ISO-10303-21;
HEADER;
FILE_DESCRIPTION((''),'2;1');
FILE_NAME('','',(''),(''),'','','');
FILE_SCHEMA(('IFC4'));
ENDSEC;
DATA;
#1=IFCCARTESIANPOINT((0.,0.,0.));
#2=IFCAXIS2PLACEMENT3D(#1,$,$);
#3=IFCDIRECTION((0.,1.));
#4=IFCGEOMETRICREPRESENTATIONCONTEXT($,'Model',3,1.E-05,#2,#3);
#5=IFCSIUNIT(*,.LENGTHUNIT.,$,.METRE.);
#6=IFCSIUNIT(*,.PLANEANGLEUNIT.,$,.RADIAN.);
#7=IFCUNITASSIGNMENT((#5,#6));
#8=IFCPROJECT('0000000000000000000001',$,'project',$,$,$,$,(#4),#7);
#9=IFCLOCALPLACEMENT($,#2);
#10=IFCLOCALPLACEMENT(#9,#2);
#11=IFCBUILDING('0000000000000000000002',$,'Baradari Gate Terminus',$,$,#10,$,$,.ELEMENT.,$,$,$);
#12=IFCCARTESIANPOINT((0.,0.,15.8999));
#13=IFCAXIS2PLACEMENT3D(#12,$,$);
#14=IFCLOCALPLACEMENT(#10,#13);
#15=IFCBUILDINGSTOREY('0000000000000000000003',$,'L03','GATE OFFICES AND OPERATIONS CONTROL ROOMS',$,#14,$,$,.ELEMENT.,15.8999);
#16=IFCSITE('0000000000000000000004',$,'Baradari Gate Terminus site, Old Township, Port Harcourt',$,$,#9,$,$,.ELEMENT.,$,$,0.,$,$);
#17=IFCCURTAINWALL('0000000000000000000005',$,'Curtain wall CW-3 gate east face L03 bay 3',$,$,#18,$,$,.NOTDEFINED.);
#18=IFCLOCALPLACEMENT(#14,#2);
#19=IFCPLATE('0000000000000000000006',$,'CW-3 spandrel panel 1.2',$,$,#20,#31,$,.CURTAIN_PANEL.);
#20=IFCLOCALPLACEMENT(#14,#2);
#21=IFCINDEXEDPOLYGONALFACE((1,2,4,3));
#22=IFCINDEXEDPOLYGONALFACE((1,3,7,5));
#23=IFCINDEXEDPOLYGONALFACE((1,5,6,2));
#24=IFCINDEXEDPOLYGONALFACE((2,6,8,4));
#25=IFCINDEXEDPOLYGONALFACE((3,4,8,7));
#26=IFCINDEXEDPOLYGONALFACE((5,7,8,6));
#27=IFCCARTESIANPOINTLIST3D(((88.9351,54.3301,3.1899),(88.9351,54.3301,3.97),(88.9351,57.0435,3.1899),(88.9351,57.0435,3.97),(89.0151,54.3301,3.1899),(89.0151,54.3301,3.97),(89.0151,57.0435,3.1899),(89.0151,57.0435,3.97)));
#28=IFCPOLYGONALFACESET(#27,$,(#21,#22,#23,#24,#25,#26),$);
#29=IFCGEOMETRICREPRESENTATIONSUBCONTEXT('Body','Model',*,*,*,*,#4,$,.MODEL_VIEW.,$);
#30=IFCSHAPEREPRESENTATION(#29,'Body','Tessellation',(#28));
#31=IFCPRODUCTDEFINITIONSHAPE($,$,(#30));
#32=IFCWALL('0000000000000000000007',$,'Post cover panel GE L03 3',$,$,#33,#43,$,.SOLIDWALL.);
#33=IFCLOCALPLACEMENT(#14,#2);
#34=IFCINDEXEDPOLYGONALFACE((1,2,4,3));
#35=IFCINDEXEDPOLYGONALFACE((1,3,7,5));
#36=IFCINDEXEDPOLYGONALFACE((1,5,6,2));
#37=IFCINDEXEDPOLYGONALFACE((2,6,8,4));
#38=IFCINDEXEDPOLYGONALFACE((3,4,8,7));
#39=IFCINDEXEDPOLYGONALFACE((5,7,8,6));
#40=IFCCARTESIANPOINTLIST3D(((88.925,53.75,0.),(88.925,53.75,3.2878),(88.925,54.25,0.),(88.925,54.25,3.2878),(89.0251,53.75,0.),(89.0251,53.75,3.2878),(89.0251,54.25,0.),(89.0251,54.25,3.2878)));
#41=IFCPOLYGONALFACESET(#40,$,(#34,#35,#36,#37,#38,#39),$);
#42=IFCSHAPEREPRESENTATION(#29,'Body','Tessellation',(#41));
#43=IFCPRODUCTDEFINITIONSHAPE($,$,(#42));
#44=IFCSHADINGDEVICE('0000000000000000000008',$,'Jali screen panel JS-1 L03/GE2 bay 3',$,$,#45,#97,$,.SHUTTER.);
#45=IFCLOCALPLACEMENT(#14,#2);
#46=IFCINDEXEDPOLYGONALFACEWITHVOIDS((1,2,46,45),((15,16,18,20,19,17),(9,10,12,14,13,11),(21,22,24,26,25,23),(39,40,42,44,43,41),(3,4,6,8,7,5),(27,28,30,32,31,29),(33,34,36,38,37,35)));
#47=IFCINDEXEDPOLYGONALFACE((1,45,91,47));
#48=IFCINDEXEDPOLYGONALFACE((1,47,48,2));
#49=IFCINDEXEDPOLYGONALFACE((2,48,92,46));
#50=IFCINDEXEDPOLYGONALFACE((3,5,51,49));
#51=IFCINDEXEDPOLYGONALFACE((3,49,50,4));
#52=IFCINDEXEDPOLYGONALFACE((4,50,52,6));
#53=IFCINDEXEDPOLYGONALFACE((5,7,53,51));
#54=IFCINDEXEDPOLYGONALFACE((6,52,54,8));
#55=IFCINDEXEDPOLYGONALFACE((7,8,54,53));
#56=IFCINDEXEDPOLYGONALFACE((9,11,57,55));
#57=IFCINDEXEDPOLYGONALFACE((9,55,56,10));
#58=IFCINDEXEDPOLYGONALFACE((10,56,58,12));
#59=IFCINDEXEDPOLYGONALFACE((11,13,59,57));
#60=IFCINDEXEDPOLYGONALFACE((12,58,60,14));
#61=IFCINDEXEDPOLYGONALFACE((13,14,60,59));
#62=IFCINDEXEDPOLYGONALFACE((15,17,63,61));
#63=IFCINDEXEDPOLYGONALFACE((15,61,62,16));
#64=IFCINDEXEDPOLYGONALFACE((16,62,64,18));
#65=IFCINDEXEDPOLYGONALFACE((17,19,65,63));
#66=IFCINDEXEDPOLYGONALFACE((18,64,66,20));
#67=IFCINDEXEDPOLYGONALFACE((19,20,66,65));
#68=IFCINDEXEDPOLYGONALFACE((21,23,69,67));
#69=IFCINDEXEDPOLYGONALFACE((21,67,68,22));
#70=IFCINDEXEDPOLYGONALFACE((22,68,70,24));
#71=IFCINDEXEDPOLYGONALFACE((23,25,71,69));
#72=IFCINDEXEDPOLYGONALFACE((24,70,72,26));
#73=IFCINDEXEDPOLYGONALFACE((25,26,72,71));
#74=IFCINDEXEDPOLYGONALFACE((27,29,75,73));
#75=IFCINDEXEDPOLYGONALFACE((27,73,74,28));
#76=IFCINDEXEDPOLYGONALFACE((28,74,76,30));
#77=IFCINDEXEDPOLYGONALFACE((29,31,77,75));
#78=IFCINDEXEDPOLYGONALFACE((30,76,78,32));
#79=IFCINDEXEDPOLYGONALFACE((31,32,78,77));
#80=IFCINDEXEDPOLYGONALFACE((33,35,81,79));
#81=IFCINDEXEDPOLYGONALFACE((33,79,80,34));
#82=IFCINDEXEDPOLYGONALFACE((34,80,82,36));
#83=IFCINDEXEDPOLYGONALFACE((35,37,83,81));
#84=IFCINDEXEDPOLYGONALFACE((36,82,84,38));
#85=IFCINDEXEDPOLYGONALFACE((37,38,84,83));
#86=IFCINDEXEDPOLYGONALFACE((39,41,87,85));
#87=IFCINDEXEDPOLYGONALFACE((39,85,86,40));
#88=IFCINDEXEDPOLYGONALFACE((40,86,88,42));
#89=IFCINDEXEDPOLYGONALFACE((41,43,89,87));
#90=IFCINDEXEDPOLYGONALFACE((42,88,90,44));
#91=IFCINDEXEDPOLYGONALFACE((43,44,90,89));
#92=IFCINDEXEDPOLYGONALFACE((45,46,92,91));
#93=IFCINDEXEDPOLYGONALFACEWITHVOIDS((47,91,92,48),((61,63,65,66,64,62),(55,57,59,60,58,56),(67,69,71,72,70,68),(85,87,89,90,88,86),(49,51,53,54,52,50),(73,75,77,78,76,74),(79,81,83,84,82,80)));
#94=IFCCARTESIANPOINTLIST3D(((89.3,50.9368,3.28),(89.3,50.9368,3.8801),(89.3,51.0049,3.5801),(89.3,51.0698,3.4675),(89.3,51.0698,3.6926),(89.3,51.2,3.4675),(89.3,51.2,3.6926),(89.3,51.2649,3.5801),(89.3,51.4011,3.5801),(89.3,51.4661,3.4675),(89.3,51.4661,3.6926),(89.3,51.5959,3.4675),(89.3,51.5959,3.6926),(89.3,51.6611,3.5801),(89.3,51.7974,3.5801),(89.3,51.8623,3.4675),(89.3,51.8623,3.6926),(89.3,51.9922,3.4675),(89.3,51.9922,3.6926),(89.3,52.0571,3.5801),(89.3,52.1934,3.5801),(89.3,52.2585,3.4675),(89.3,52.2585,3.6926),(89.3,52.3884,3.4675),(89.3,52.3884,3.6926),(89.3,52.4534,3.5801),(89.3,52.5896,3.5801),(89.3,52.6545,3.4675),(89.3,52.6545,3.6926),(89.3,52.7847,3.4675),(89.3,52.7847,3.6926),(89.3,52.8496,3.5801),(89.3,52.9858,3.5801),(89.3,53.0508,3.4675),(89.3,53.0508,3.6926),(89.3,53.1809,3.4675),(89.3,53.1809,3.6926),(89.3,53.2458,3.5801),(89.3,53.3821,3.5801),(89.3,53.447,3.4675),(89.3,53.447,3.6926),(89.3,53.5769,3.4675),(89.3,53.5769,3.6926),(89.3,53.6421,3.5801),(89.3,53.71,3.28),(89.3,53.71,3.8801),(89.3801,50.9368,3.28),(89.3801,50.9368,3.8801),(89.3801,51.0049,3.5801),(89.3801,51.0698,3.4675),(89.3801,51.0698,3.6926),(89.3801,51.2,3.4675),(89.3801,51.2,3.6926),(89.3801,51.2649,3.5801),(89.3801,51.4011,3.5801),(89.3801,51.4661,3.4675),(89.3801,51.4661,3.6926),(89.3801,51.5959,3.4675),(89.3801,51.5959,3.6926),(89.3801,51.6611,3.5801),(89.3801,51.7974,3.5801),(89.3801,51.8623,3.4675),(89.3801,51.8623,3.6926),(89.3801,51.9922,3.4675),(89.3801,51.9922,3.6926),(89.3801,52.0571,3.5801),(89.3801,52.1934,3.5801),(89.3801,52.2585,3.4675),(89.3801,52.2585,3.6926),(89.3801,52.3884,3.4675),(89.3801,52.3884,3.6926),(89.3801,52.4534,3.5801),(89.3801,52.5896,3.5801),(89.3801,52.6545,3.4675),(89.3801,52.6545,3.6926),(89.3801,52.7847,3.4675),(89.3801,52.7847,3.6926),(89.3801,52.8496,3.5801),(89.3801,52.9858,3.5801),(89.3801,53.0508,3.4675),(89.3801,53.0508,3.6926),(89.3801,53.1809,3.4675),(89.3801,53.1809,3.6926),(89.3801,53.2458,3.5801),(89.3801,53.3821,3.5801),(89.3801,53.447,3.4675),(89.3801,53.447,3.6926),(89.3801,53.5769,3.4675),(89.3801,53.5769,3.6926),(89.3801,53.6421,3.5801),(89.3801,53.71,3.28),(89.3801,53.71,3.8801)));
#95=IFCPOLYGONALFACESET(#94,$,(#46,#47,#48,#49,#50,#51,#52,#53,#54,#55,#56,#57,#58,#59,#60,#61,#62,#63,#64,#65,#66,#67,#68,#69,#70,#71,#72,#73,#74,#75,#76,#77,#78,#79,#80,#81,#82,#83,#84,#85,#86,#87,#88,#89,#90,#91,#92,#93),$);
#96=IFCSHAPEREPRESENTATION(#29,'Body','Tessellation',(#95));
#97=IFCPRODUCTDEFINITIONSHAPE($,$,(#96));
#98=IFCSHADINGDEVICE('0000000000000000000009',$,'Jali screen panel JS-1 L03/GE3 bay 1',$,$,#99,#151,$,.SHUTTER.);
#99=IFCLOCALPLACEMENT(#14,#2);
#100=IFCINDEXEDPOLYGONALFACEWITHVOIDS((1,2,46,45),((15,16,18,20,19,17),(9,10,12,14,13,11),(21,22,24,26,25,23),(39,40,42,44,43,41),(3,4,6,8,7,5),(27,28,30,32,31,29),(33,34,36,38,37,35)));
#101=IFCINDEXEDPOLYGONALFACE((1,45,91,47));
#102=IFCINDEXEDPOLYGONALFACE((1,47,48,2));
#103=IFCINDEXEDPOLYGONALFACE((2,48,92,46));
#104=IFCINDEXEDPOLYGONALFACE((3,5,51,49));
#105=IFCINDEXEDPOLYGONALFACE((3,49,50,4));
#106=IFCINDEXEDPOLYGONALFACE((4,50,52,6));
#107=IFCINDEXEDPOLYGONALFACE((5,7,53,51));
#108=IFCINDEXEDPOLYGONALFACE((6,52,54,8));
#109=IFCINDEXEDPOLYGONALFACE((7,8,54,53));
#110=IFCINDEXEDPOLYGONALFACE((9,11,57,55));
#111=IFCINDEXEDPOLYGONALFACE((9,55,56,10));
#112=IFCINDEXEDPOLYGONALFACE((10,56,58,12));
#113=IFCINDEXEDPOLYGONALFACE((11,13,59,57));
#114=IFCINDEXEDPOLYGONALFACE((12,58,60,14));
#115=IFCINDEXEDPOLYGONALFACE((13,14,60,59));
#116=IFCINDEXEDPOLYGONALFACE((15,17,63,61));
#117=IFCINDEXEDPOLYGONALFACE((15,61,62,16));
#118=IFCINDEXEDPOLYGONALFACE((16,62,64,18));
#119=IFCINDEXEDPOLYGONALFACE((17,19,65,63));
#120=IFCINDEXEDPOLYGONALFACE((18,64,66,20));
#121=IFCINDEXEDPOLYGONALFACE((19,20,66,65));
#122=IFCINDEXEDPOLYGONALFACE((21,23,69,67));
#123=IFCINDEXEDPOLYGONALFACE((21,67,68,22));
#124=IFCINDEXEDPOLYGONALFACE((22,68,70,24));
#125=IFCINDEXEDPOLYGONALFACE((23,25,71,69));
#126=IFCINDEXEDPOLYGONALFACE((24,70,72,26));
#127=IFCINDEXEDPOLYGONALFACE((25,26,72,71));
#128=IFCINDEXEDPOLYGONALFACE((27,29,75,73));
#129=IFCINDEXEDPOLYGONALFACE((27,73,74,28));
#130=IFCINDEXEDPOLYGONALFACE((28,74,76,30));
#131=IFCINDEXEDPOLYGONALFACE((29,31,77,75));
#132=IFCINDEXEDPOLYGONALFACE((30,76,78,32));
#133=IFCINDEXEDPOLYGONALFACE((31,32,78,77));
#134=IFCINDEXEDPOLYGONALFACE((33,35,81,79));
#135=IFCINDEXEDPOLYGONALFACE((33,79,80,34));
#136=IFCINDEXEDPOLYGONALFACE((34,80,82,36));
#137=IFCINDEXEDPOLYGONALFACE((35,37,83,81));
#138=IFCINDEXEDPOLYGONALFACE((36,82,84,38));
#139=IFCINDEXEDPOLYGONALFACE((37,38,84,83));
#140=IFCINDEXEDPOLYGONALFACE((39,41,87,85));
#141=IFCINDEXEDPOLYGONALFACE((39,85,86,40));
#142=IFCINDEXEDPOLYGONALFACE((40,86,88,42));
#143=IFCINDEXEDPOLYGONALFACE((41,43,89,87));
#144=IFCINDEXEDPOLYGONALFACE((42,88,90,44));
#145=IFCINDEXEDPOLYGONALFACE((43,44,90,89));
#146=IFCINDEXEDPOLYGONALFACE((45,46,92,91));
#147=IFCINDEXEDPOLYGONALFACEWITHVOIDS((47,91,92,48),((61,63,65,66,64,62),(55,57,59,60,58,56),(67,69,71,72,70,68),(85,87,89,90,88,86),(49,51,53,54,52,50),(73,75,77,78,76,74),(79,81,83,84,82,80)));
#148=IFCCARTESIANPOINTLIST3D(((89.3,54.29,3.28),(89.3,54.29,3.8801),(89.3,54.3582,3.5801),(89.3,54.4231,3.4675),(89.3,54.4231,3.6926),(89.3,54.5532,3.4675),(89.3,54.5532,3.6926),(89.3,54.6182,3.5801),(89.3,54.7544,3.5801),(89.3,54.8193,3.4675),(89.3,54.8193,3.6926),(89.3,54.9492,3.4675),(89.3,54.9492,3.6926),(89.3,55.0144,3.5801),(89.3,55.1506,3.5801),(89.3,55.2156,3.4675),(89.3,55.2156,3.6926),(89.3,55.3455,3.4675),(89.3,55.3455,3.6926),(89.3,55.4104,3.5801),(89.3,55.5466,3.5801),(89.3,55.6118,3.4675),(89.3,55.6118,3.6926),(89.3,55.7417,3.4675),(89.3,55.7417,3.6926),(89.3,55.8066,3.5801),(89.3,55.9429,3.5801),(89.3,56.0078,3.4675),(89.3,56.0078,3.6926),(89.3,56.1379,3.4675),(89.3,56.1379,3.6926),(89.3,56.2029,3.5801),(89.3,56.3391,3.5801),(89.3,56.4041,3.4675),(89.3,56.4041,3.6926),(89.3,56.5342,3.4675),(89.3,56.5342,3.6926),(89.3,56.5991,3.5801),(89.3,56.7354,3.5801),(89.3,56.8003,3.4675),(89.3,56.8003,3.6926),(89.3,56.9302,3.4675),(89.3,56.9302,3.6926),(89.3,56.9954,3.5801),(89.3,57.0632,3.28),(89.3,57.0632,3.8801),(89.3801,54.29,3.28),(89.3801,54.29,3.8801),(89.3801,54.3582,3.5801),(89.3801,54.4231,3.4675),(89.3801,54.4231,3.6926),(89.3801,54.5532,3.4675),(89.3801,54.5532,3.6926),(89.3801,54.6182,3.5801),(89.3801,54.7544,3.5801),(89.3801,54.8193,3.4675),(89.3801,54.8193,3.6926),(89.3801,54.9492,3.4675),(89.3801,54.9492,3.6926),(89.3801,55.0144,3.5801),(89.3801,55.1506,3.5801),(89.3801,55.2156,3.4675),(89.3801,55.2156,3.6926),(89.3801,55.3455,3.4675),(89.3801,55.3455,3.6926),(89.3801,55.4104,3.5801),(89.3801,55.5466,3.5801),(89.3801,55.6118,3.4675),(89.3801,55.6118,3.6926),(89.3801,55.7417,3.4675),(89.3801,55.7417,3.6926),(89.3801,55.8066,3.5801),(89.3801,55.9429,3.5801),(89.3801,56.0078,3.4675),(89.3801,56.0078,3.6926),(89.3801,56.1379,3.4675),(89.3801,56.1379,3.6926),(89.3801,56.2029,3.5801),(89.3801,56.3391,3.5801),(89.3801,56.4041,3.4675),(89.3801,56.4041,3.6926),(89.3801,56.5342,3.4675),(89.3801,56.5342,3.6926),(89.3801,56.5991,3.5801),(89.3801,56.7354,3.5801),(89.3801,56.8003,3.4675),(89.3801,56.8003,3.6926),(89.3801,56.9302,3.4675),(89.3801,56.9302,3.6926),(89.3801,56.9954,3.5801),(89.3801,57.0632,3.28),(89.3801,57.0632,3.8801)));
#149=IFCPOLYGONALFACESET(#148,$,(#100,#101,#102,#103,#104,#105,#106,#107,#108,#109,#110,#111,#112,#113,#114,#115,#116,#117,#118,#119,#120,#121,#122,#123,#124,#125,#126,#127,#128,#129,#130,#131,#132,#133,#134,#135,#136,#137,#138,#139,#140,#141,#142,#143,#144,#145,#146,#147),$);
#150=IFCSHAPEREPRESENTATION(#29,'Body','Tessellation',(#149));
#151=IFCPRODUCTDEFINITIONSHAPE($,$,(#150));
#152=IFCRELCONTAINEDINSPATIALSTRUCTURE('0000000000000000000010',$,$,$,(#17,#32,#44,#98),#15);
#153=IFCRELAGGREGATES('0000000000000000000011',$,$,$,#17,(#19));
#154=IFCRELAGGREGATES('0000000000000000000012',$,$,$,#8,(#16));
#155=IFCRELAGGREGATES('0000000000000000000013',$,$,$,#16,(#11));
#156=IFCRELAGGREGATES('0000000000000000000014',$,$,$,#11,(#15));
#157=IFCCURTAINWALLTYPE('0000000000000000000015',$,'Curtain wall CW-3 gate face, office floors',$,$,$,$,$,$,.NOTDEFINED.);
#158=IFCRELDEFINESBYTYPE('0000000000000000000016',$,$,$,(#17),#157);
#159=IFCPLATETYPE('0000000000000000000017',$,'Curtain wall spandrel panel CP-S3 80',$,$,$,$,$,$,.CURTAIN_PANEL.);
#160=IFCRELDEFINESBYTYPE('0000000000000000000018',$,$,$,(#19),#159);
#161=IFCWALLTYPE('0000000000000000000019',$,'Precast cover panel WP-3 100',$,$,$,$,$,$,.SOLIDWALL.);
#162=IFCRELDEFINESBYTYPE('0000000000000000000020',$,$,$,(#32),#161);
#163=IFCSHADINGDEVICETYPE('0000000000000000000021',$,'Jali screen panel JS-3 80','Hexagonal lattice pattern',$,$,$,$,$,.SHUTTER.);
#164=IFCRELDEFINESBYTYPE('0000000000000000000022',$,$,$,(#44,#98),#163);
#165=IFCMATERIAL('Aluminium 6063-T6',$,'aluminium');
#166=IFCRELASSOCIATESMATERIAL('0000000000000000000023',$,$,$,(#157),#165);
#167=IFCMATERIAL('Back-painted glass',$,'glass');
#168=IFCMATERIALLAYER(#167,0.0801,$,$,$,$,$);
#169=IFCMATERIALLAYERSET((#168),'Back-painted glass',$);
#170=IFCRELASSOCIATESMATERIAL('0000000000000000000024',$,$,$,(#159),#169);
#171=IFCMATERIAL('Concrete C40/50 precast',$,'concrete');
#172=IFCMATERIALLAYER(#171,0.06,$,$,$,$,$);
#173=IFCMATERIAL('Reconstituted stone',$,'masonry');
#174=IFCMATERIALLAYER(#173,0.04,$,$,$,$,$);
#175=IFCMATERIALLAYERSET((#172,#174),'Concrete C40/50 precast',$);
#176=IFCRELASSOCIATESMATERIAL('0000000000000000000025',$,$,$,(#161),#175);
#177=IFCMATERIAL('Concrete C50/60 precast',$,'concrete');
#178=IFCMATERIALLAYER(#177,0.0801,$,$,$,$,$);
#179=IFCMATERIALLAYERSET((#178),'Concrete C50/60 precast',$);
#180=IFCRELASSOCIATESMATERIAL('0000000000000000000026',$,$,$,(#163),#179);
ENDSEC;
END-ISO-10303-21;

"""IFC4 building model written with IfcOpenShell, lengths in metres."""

from ifc_helpers import new_model, si_unit, direction, frame, frame_2d, origin, origin_2d, place, context, subcontext, project, spatial, polyline, rectangle, outline, extrude, material, layer, layer_set, type_object, element, aggregate, save


model = new_model("IFC4")

# Units and contexts
model_context = context("Model", 3, precision=1e-05, world=origin(), true_north=direction((0.0, 1.0)))
body_context = subcontext(model_context, "Body", "Model", "MODEL_VIEW")
ifc_project = project(units=[si_unit("LENGTHUNIT", "METRE"), si_unit("PLANEANGLEUNIT", "RADIAN")], contexts=[model_context])

# Site, building, storey
site_placement = place(None, origin())
site = spatial("IfcSite", under=ifc_project, at=site_placement, Name="Baradari Gate Terminus site, Old Township, Port Harcourt", CompositionType="ELEMENT", RefElevation=0.0)
building_placement = place(site_placement, origin())
building = spatial("IfcBuilding", under=site, at=building_placement, Name="Baradari Gate Terminus", CompositionType="ELEMENT")
storey_placement = place(building_placement, frame((0.0, 0.0, 15.8999)))
storey = spatial("IfcBuildingStorey", under=building, at=storey_placement, Name="L03", Description="GATE OFFICES AND OPERATIONS CONTROL ROOMS", CompositionType="ELEMENT", Elevation=15.8999)

# Curtain wall
ifc_material_1 = material(Name="Aluminium 6063-T6", Category="aluminium")
curtain_wall_type = type_object("IfcCurtainWallType", Name="Curtain wall CW-3 gate face, office floors", PredefinedType="NOTDEFINED", material=ifc_material_1)
curtain_wall_1_placement = place(storey_placement, origin())
curtain_wall_1 = element("IfcCurtainWall", 1, at=curtain_wall_1_placement, inside=storey, type_object=curtain_wall_type, Name="Curtain wall CW-3 gate east face L03 bay 3", PredefinedType="NOTDEFINED")

# Plate
ifc_material_2 = material(Name="Back-painted glass", Category="glass")
ifc_layer_1 = layer(ifc_material_2, 0.0801)
ifc_layer_set_1 = layer_set([ifc_layer_1], Name="Back-painted glass")
plate_type_1 = type_object("IfcPlateType", Name="Curtain wall spandrel panel CP-S3 80", PredefinedType="CURTAIN_PANEL", material=ifc_layer_set_1)
plate_1_placement = place(storey_placement, frame((88.9751, 55.6868, 3.1899), z_axis=(0.0, 0.0, 1.0), x_axis=(0.0, 1.0, 0.0)))
plate_1 = element("IfcPlate", 2, at=plate_1_placement, type_object=plate_type_1, Name="CW-3 spandrel panel 1.2", PredefinedType="CURTAIN_PANEL", context=body_context, shape_type="SweptSolid", body=[
    extrude(rectangle(XDim=2.7134, YDim=0.0801, at=origin_2d()), origin(), (0.0, 0.0, 1.0), 0.78),
])
aggregate(curtain_wall_1, [plate_1])

# Wall
ifc_material_3 = material(Name="Concrete C40/50 precast", Category="concrete")
ifc_layer_2 = layer(ifc_material_3, 0.06)
ifc_material_4 = material(Name="Reconstituted stone", Category="masonry")
ifc_layer_3 = layer(ifc_material_4, 0.04)
ifc_layer_set_2 = layer_set([ifc_layer_2, ifc_layer_3], Name="Concrete C40/50 precast")
wall_type = type_object("IfcWallType", Name="Precast cover panel WP-3 100", PredefinedType="SOLIDWALL", material=ifc_layer_set_2)
wall_placement = place(storey_placement, frame((88.9751, 53.75, 0.0), z_axis=(0.0, 0.0, 1.0), x_axis=(0.0, 1.0, 0.0)))
element("IfcWall", 3, at=wall_placement, inside=storey, type_object=wall_type, Name="Post cover panel GE L03 3", PredefinedType="SOLIDWALL", context=body_context, shape_type="SweptSolid", body=[
    extrude(rectangle(XDim=0.5, YDim=0.1001, at=frame_2d((0.25, 0.0))), origin(), (0.0, 0.0, 1.0), 3.2878),
])

# Shading devices
ifc_material_5 = material(Name="Concrete C50/60 precast", Category="concrete")
ifc_layer_4 = layer(ifc_material_5, 0.0801)
ifc_layer_set_3 = layer_set([ifc_layer_4], Name="Concrete C50/60 precast")
shading_device_type = type_object("IfcShadingDeviceType", Name="Jali screen panel JS-3 80", Description="Hexagonal lattice pattern", PredefinedType="SHUTTER", material=ifc_layer_set_3)
shading_device_1_placement = place(storey_placement, frame((89.3401, 50.9368, 3.28), z_axis=(0.0, 0.0, 1.0), x_axis=(0.0, 1.0, 0.0)))
element("IfcShadingDevice", 4, at=shading_device_1_placement, inside=storey, type_object=shading_device_type, Name="Jali screen panel JS-1 L03/GE2 bay 3", PredefinedType="SHUTTER", context=body_context, shape_type="SweptSolid", body=[
    extrude(outline(polyline([(0.0, 0.0), (2.7732, 0.0), (2.7732, 0.6001), (0.0, 0.6001), (0.0, 0.0)]), holes=[polyline([(0.3281, 0.3), (0.2632, 0.1875), (0.1331, 0.1875), (0.0681, 0.3), (0.1331, 0.4126), (0.2632, 0.4126), (0.3281, 0.3)]), polyline([(0.7244, 0.3), (0.6592, 0.1875), (0.5293, 0.1875), (0.4644, 0.3), (0.5293, 0.4126), (0.6592, 0.4126), (0.7244, 0.3)]), polyline([(1.1204, 0.3), (1.0554, 0.1875), (0.9255, 0.1875), (0.8606, 0.3), (0.9255, 0.4126), (1.0554, 0.4126), (1.1204, 0.3)]), polyline([(1.5166, 0.3), (1.4517, 0.1875), (1.3218, 0.1875), (1.2566, 0.3), (1.3218, 0.4126), (1.4517, 0.4126), (1.5166, 0.3)]), polyline([(1.9128, 0.3), (1.8479, 0.1875), (1.7178, 0.1875), (1.6528, 0.3), (1.7178, 0.4126), (1.8479, 0.4126), (1.9128, 0.3)]), polyline([(2.3091, 0.3), (2.2441, 0.1875), (2.114, 0.1875), (2.0491, 0.3), (2.114, 0.4126), (2.2441, 0.4126), (2.3091, 0.3)]), polyline([(2.7053, 0.3), (2.6401, 0.1875), (2.5103, 0.1875), (2.4453, 0.3), (2.5103, 0.4126), (2.6401, 0.4126), (2.7053, 0.3)])]), frame((0.0, 0.04, 0.0), z_axis=(0.0, -1.0, 0.0), x_axis=(1.0, 0.0, 0.0)), (0.0, 0.0, 1.0), 0.0801),
])
shading_device_2_placement = place(storey_placement, frame((89.3401, 54.29, 3.28), z_axis=(0.0, 0.0, 1.0), x_axis=(0.0, 1.0, 0.0)))
element("IfcShadingDevice", 5, at=shading_device_2_placement, inside=storey, type_object=shading_device_type, Name="Jali screen panel JS-1 L03/GE3 bay 1", PredefinedType="SHUTTER", context=body_context, shape_type="SweptSolid", body=[
    extrude(outline(polyline([(0.0, 0.0), (2.7732, 0.0), (2.7732, 0.6001), (0.0, 0.6001), (0.0, 0.0)]), holes=[polyline([(0.3281, 0.3), (0.2632, 0.1875), (0.1331, 0.1875), (0.0681, 0.3), (0.1331, 0.4126), (0.2632, 0.4126), (0.3281, 0.3)]), polyline([(0.7244, 0.3), (0.6592, 0.1875), (0.5293, 0.1875), (0.4644, 0.3), (0.5293, 0.4126), (0.6592, 0.4126), (0.7244, 0.3)]), polyline([(1.1204, 0.3), (1.0554, 0.1875), (0.9255, 0.1875), (0.8606, 0.3), (0.9255, 0.4126), (1.0554, 0.4126), (1.1204, 0.3)]), polyline([(1.5166, 0.3), (1.4517, 0.1875), (1.3218, 0.1875), (1.2566, 0.3), (1.3218, 0.4126), (1.4517, 0.4126), (1.5166, 0.3)]), polyline([(1.9128, 0.3), (1.8479, 0.1875), (1.7178, 0.1875), (1.6528, 0.3), (1.7178, 0.4126), (1.8479, 0.4126), (1.9128, 0.3)]), polyline([(2.3091, 0.3), (2.2441, 0.1875), (2.114, 0.1875), (2.0491, 0.3), (2.114, 0.4126), (2.2441, 0.4126), (2.3091, 0.3)]), polyline([(2.7053, 0.3), (2.6401, 0.1875), (2.5103, 0.1875), (2.4453, 0.3), (2.5103, 0.4126), (2.6401, 0.4126), (2.7053, 0.3)])]), frame((0.0, 0.04, 0.0), z_axis=(0.0, -1.0, 0.0), x_axis=(1.0, 0.0, 0.0)), (0.0, 0.0, 1.0), 0.0801),
])

save(model, "model.ifc")
